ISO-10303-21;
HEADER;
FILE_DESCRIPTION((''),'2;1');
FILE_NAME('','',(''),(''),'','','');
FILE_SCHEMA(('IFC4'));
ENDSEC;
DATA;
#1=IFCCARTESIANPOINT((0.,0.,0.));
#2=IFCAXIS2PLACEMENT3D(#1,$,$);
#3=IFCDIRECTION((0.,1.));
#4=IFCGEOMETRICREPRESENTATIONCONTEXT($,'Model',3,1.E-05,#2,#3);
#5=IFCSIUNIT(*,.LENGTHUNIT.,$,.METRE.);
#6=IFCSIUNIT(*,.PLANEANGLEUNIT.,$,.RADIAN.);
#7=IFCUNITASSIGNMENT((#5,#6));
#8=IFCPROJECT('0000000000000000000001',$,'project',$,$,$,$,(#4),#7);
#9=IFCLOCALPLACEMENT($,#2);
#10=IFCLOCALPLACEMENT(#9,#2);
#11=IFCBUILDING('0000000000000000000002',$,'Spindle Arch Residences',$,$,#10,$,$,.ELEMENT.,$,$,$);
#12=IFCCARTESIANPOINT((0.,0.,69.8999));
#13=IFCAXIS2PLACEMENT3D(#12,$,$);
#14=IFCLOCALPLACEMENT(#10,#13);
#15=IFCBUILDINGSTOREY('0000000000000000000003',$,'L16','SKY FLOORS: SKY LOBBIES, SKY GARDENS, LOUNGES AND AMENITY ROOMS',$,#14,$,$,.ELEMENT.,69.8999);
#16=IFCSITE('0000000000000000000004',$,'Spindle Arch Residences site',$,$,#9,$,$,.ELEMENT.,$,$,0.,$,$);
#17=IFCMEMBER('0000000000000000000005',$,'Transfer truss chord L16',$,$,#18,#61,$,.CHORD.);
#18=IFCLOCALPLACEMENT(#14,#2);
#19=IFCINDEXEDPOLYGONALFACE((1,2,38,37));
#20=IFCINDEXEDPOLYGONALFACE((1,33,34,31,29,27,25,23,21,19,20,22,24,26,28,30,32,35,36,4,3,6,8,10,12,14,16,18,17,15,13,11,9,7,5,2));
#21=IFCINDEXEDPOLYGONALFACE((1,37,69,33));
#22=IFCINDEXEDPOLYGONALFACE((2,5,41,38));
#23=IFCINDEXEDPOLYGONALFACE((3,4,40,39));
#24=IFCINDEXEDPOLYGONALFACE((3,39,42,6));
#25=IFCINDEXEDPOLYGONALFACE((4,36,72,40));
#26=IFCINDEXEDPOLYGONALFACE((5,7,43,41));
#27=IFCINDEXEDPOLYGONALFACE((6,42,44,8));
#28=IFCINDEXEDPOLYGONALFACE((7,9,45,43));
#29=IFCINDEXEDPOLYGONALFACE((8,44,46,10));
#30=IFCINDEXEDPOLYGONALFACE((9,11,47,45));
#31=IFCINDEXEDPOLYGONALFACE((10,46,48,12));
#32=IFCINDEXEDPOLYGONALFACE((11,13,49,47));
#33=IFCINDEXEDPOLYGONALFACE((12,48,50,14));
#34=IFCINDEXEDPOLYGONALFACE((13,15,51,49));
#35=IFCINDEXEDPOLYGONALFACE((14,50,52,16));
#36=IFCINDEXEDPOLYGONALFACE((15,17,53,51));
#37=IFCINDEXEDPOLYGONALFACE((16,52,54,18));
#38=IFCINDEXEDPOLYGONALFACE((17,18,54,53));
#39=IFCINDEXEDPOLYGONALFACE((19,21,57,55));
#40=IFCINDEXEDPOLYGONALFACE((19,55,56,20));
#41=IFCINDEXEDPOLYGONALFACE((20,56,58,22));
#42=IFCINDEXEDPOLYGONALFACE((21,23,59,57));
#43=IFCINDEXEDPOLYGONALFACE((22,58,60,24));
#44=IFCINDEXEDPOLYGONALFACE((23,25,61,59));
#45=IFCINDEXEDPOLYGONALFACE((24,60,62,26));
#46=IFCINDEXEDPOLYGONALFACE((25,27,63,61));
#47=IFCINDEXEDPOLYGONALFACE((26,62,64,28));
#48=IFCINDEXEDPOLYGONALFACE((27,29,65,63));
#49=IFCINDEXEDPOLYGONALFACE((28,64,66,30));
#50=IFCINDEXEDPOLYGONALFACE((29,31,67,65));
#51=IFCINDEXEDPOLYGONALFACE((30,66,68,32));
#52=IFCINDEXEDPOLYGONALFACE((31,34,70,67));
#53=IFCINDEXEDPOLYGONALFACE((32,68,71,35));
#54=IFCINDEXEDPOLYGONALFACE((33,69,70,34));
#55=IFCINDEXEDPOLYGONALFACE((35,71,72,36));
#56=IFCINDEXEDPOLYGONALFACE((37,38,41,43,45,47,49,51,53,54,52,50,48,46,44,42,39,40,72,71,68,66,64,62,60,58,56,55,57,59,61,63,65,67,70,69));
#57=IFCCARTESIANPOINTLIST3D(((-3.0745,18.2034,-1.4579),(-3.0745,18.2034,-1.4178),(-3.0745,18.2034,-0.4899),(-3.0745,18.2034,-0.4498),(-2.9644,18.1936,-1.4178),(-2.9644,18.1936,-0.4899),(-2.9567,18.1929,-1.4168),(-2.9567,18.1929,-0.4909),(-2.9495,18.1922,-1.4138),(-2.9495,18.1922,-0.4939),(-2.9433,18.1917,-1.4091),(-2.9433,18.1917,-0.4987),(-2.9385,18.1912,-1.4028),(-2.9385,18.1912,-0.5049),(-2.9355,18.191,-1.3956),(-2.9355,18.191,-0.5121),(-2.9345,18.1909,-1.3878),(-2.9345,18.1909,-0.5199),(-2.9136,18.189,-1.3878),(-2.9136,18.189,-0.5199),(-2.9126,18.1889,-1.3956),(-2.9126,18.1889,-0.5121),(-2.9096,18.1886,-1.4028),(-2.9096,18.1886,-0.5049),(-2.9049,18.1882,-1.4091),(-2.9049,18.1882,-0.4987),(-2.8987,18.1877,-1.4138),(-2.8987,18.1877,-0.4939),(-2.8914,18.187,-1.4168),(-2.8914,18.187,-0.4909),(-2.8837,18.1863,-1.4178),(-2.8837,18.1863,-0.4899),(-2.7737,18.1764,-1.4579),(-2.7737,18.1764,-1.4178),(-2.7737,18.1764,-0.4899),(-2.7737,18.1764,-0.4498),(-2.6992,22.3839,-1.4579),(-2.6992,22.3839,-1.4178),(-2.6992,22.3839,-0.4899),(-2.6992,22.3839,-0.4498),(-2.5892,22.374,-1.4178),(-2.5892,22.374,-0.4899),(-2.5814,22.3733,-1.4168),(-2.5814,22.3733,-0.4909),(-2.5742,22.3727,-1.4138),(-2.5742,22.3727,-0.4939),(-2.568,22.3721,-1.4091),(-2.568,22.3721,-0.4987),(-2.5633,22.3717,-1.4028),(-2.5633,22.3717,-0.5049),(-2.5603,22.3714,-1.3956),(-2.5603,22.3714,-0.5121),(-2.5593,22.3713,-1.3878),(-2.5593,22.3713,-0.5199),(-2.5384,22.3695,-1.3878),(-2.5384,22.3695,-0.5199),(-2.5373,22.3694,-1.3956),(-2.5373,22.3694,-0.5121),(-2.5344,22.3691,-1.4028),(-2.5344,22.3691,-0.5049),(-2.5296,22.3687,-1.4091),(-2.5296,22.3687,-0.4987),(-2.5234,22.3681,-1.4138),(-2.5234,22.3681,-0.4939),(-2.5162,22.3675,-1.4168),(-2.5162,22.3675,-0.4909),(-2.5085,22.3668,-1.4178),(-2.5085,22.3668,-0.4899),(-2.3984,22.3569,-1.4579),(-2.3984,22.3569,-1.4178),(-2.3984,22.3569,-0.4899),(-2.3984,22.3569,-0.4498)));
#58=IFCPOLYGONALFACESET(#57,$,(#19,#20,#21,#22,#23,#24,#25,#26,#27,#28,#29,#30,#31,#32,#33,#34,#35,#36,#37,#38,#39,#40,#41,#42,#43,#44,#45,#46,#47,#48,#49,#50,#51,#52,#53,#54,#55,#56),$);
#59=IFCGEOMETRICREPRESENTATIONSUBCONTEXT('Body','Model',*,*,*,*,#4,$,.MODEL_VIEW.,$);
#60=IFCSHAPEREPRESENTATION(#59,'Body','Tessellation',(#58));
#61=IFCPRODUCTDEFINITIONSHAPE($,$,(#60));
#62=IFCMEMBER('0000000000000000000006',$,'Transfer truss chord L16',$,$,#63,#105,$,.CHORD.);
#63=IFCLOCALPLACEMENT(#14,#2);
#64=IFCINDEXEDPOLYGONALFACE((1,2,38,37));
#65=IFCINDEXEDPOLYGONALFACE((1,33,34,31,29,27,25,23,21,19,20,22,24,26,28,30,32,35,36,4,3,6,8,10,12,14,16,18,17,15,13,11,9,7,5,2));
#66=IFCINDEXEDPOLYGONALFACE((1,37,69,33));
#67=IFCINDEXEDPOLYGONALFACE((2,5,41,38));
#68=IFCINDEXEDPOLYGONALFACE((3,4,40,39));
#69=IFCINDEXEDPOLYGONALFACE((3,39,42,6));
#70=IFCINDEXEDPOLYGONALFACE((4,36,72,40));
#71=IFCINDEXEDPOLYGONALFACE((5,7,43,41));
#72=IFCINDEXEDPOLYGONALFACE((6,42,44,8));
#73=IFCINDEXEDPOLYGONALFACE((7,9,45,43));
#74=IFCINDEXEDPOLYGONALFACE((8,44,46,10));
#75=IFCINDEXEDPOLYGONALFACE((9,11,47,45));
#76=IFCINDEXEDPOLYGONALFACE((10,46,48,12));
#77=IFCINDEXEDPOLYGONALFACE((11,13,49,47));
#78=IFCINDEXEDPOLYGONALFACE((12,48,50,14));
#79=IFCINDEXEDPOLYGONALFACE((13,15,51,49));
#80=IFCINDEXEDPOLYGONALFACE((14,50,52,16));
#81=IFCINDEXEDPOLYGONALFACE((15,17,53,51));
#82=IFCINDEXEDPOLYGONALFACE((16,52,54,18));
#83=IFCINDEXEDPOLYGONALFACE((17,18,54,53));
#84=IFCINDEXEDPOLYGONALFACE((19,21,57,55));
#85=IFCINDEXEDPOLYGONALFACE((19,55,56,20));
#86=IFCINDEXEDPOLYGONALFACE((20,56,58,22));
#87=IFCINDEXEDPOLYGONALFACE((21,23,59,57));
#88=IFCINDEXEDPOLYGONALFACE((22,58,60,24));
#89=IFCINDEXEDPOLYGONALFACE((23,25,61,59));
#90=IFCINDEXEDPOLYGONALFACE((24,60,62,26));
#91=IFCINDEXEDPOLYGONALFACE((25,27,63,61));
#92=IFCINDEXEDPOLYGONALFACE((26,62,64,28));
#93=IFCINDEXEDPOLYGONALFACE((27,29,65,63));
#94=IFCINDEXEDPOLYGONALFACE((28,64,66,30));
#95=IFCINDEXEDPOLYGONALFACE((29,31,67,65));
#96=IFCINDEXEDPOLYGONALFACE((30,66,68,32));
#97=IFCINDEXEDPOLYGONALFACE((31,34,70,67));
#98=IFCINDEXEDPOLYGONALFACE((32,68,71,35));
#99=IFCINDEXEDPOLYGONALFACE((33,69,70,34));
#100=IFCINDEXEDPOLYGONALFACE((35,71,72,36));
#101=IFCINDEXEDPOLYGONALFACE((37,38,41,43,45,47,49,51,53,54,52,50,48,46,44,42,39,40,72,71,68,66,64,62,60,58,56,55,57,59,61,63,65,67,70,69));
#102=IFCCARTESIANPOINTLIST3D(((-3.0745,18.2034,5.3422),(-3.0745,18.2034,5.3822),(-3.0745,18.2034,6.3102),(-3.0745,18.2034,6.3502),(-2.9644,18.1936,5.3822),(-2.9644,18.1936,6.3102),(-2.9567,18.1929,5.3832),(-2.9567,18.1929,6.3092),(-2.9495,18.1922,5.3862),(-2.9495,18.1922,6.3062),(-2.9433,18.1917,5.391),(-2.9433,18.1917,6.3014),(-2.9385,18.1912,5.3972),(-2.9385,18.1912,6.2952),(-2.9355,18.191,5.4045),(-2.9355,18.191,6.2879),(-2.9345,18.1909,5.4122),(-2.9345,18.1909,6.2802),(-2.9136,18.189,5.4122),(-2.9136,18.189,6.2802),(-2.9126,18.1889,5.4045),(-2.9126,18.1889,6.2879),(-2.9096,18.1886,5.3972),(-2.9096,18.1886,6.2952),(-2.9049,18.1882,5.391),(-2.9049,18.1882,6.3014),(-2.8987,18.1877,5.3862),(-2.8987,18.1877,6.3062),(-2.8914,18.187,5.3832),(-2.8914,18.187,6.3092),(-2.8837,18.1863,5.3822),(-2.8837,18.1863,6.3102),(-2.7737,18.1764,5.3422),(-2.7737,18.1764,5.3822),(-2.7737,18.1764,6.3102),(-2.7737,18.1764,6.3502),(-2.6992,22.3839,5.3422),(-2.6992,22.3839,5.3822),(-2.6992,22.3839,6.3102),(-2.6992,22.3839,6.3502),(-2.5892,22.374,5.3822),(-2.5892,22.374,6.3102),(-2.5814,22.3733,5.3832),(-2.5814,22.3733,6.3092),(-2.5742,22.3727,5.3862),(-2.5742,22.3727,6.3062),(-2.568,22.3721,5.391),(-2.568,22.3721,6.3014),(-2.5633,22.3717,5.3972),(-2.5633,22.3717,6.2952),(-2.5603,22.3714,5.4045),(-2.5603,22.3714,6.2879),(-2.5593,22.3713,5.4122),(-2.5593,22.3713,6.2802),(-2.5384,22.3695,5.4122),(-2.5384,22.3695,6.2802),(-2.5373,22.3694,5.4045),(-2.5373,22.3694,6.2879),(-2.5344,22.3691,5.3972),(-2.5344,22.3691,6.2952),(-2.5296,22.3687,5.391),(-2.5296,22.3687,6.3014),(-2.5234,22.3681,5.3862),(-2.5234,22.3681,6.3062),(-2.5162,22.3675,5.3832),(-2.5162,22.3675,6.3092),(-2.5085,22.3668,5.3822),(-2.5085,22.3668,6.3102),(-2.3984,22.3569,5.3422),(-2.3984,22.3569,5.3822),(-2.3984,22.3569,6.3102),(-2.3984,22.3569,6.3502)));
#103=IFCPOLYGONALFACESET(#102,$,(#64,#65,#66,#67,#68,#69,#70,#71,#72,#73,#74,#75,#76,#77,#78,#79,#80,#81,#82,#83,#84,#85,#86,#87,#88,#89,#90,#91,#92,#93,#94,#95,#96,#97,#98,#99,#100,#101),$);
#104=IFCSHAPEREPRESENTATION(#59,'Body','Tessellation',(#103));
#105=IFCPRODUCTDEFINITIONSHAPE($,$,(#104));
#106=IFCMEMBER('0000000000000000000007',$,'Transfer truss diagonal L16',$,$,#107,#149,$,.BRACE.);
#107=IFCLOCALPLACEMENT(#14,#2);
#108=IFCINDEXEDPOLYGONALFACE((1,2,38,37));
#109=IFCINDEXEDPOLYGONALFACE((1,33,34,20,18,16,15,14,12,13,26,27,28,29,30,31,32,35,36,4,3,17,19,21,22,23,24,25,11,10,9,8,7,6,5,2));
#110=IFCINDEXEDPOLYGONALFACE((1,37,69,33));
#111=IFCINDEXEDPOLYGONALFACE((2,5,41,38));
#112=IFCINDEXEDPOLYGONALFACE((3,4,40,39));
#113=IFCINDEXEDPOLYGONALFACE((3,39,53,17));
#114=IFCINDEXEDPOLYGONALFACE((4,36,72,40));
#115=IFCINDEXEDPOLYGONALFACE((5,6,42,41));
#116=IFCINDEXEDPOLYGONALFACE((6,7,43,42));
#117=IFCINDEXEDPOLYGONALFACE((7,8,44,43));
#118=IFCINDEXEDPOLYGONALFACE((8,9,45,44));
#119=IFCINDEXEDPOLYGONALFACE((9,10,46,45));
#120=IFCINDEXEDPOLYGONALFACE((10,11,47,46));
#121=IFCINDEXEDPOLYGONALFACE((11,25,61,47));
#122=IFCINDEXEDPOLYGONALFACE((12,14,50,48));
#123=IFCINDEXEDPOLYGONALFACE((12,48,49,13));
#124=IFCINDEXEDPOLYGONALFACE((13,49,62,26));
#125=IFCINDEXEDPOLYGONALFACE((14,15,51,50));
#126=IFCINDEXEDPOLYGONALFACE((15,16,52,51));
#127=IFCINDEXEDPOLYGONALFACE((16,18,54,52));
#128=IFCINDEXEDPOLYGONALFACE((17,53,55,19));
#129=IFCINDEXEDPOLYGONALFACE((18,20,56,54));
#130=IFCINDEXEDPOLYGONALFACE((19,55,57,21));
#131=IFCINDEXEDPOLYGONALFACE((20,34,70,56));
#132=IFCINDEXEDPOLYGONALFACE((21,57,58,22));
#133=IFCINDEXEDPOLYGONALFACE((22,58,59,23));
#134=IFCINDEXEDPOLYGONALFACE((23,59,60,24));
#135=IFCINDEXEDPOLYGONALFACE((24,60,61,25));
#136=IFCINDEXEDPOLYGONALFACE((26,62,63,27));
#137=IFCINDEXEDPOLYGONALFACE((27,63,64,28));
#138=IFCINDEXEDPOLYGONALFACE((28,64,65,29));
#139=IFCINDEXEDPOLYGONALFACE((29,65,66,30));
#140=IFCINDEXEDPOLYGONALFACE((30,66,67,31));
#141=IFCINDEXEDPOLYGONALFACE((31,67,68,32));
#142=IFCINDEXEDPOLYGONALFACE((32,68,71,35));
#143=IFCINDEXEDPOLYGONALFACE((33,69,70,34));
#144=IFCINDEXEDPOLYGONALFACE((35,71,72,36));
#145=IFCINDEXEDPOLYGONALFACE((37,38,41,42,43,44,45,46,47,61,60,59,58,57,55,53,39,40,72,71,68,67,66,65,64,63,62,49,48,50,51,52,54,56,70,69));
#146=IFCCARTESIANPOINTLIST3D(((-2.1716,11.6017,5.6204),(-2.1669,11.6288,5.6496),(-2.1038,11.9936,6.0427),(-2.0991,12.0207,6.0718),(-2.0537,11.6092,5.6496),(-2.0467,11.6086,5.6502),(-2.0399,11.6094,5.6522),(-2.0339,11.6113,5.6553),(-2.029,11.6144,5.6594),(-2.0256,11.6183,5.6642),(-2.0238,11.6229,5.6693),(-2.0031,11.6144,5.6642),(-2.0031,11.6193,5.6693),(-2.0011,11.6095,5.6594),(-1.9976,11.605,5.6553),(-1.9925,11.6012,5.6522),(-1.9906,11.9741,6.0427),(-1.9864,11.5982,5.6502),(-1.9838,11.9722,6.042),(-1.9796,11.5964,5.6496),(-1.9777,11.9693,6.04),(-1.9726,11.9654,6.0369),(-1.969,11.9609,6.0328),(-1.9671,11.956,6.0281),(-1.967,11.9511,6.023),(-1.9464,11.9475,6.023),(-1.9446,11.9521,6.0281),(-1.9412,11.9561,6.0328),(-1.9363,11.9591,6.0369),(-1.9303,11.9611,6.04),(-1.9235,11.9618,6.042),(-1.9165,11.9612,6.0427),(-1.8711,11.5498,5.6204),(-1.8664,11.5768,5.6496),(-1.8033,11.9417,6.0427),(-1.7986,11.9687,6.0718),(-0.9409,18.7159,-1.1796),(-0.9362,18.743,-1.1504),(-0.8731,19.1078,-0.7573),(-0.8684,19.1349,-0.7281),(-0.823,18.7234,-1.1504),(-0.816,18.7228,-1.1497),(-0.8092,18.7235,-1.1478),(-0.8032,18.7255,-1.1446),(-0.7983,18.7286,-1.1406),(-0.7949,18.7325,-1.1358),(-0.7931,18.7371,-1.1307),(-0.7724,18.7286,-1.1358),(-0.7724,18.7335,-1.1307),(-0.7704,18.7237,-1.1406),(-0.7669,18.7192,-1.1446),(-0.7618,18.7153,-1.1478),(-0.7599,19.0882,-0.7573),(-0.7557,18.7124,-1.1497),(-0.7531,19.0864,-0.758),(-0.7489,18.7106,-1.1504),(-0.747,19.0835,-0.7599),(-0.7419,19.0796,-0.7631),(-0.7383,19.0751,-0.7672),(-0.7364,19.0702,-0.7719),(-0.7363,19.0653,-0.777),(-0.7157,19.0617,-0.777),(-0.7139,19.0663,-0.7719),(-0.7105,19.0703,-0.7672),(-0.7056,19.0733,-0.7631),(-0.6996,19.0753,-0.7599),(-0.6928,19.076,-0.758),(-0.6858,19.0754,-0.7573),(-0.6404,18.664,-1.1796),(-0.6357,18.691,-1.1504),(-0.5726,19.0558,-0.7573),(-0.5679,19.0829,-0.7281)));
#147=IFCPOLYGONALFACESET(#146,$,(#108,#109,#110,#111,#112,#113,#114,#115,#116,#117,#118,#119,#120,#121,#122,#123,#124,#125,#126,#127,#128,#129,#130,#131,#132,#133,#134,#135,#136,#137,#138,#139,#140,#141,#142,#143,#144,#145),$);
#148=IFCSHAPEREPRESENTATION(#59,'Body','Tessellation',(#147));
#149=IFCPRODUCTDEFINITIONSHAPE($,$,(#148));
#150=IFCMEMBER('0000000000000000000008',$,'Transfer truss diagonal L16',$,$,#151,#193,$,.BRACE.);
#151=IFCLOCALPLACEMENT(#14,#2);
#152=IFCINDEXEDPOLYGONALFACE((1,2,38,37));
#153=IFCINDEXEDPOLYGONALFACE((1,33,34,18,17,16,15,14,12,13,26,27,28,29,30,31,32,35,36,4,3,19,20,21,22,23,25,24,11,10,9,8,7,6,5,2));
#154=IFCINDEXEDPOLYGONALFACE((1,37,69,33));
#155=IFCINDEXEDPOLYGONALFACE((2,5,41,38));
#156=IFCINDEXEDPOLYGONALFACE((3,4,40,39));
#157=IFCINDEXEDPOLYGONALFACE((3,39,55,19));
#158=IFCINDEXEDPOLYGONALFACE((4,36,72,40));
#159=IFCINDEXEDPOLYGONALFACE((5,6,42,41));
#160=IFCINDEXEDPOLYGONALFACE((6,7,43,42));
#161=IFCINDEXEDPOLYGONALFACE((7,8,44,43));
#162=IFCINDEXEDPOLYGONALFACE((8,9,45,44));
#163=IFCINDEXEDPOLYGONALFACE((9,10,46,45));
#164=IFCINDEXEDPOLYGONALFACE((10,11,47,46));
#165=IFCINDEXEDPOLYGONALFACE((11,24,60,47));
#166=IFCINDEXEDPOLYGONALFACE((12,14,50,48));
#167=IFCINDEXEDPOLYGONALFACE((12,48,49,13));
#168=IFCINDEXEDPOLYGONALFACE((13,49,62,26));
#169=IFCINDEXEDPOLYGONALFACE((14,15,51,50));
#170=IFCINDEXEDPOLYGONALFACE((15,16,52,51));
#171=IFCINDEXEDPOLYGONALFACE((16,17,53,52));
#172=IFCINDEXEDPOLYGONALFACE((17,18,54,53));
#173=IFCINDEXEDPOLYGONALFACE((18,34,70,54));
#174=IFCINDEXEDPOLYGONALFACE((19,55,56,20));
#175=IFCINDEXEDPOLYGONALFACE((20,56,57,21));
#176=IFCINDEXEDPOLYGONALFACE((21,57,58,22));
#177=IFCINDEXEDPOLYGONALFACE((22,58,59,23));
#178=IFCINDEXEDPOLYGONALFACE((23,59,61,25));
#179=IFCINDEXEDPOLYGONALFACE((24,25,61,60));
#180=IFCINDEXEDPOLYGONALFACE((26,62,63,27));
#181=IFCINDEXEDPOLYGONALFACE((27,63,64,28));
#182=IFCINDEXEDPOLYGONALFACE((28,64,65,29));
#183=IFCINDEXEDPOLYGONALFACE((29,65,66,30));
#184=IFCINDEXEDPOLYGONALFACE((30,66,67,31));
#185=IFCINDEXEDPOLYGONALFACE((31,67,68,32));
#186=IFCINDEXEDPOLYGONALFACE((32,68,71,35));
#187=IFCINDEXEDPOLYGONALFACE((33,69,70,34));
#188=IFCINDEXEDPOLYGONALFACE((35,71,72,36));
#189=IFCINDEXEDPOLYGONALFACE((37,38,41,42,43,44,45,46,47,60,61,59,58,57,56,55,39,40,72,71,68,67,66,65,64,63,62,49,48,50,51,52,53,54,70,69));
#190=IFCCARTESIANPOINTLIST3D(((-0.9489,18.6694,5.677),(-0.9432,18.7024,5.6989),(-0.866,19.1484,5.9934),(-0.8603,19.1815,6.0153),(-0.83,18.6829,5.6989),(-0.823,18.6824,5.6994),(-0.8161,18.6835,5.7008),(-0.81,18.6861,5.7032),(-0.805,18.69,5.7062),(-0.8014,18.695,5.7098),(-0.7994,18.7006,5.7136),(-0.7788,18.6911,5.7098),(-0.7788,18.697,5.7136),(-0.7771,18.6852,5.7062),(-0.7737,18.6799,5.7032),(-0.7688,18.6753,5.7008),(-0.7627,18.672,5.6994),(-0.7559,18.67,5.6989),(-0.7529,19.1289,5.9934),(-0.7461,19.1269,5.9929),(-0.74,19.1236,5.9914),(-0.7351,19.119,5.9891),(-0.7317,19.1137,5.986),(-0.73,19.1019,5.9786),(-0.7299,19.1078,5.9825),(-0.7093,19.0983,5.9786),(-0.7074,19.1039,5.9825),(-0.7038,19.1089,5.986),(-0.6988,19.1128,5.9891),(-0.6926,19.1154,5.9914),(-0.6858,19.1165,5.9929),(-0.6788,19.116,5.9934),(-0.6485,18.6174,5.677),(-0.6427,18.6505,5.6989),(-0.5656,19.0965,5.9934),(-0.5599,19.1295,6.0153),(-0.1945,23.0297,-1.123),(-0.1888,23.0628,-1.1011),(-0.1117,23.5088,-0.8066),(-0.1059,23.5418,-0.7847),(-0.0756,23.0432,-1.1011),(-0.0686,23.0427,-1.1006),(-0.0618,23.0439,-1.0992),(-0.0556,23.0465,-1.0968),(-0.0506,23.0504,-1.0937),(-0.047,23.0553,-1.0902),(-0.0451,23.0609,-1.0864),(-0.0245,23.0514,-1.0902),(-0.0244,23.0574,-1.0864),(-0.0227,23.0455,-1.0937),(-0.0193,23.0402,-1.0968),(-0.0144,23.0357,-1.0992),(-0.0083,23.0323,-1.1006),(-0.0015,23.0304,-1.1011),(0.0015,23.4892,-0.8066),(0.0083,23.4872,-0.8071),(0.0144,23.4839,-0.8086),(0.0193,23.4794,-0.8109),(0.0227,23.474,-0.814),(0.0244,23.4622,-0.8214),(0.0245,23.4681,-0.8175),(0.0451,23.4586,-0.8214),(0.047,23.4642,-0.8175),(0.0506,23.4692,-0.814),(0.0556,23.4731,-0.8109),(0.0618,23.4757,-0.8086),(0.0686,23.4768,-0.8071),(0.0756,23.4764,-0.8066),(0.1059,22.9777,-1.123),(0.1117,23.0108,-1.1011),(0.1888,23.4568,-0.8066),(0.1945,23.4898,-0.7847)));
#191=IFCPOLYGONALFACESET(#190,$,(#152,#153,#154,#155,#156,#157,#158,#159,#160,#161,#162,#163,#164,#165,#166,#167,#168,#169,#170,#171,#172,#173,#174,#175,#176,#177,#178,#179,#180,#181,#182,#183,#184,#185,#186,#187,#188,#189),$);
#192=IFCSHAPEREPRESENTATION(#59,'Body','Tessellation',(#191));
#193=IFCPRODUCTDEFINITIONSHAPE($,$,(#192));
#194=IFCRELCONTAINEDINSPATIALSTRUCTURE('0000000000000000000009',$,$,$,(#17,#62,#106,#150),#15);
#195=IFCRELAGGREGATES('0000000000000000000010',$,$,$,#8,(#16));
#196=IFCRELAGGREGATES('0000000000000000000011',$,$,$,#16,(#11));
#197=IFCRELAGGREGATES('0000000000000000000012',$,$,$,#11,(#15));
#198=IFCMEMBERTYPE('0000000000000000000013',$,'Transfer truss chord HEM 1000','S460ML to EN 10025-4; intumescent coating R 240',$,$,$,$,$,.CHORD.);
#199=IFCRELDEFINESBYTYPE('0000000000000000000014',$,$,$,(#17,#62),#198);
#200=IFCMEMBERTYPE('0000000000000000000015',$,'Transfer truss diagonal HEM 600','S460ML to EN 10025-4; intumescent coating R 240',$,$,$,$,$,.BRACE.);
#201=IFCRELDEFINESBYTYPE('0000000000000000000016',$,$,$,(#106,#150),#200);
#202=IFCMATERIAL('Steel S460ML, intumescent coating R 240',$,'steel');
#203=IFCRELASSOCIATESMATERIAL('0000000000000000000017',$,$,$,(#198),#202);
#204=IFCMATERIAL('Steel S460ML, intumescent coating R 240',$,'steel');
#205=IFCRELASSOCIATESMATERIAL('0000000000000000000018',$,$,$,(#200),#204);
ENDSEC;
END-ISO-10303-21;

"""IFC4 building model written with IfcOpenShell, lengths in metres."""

from ifc_helpers import new_model, si_unit, direction, frame, origin, origin_2d, place, context, subcontext, project, spatial, i_section, extrude, material, material_profile, profile_set, type_object, element, save


model = new_model("IFC4")

# Units and contexts
model_context = context("Model", 3, precision=1e-05, world=origin(), true_north=direction((0.0, 1.0)))
body_context = subcontext(model_context, "Body", "Model", "MODEL_VIEW")
ifc_project = project(units=[si_unit("LENGTHUNIT", "METRE"), si_unit("PLANEANGLEUNIT", "RADIAN")], contexts=[model_context])

# Site, building, storey
site_placement = place(None, origin())
site = spatial("IfcSite", under=ifc_project, at=site_placement, Name="Spindle Arch Residences site", CompositionType="ELEMENT", RefElevation=0.0)
building_placement = place(site_placement, origin())
building = spatial("IfcBuilding", under=site, at=building_placement, Name="Spindle Arch Residences", CompositionType="ELEMENT")
storey_placement = place(building_placement, frame((0.0, 0.0, 69.8999)))
storey = spatial("IfcBuildingStorey", under=building, at=storey_placement, Name="L16", Description="SKY FLOORS: SKY LOBBIES, SKY GARDENS, LOUNGES AND AMENITY ROOMS", CompositionType="ELEMENT", Elevation=69.8999)

# Members
ifc_material_1 = material(Name="Steel S460ML, intumescent coating R 240", Category="steel")
ifc_material_profile_1 = material_profile(ifc_material_1, i_section(OverallWidth=0.302, OverallDepth=1.0081, WebThickness=0.021, FlangeThickness=0.04, FilletRadius=0.03, at=origin_2d()), Name="HEM 1000")
ifc_profile_set_1 = profile_set([ifc_material_profile_1], Name="Steel S460ML, intumescent coating R 240")
member_type_1 = type_object("IfcMemberType", Name="Transfer truss chord HEM 1000", Description="S460ML to EN 10025-4; intumescent coating R 240", PredefinedType="CHORD", material=ifc_profile_set_1)
for number, where, z_axis, x_axis, name in (
    (1, (-2.9241, 18.1899, -0.9539), (0.089403, 0.995996, 0.0), (-0.995996, 0.089403, 0.0), "Transfer truss chord L16"),
    (2, (-2.9241, 18.1899, 5.8462), (0.089403, 0.995996, 0.0), (-0.995996, 0.089403, 0.0), "Transfer truss chord L16"),
):
    element("IfcMember", number, at=place(storey_placement, frame(where, z_axis=z_axis, x_axis=x_axis)), inside=storey, type_object=member_type_1, Name=name, PredefinedType="CHORD", context=body_context, shape_type="SweptSolid", body=[
        extrude(i_section(OverallWidth=0.302, OverallDepth=1.0081, WebThickness=0.021, FlangeThickness=0.04, FilletRadius=0.03, at=origin_2d()), origin(), (0.0, 0.0, 1.0), 4.1973),
    ])
ifc_material_2 = material(Name="Steel S460ML, intumescent coating R 240", Category="steel")
ifc_material_profile_2 = material_profile(ifc_material_2, i_section(OverallWidth=0.3049, OverallDepth=0.6201, WebThickness=0.021, FlangeThickness=0.04, FilletRadius=0.0271, at=origin_2d()), Name="HEM 600")
ifc_profile_set_2 = profile_set([ifc_material_profile_2], Name="Steel S460ML, intumescent coating R 240")
member_type_2 = type_object("IfcMemberType", Name="Transfer truss diagonal HEM 600", Description="S460ML to EN 10025-4; intumescent coating R 240", PredefinedType="BRACE", material=ifc_profile_set_2)
member_1_placement = place(storey_placement, frame((-0.7544, 18.8994, -0.9539), z_axis=(-0.124088, -0.717303, 0.685623), x_axis=(0.985364, -0.170461, 0.0)))
element("IfcMember", 3, at=member_1_placement, inside=storey, type_object=member_type_2, Name="Transfer truss diagonal L16", PredefinedType="BRACE", context=body_context, shape_type="SweptSolid", body=[
    extrude(i_section(OverallWidth=0.3049, OverallDepth=0.6201, WebThickness=0.021, FlangeThickness=0.04, FilletRadius=0.0271, at=origin_2d()), origin(), (0.0, 0.0, 1.0), 9.918),
])
member_2_placement = place(storey_placement, frame((0.0, 23.2598, -0.9539), z_axis=(-0.092985, -0.537446, 0.838156), x_axis=(0.985361, -0.17048, 0.0)))
element("IfcMember", 4, at=member_2_placement, inside=storey, type_object=member_type_2, Name="Transfer truss diagonal L16", PredefinedType="BRACE", context=body_context, shape_type="SweptSolid", body=[
    extrude(i_section(OverallWidth=0.3049, OverallDepth=0.6201, WebThickness=0.021, FlangeThickness=0.04, FilletRadius=0.0271, at=origin_2d()), origin(), (0.0, 0.0, 1.0), 8.113),
])

save(model, "model.ifc")
